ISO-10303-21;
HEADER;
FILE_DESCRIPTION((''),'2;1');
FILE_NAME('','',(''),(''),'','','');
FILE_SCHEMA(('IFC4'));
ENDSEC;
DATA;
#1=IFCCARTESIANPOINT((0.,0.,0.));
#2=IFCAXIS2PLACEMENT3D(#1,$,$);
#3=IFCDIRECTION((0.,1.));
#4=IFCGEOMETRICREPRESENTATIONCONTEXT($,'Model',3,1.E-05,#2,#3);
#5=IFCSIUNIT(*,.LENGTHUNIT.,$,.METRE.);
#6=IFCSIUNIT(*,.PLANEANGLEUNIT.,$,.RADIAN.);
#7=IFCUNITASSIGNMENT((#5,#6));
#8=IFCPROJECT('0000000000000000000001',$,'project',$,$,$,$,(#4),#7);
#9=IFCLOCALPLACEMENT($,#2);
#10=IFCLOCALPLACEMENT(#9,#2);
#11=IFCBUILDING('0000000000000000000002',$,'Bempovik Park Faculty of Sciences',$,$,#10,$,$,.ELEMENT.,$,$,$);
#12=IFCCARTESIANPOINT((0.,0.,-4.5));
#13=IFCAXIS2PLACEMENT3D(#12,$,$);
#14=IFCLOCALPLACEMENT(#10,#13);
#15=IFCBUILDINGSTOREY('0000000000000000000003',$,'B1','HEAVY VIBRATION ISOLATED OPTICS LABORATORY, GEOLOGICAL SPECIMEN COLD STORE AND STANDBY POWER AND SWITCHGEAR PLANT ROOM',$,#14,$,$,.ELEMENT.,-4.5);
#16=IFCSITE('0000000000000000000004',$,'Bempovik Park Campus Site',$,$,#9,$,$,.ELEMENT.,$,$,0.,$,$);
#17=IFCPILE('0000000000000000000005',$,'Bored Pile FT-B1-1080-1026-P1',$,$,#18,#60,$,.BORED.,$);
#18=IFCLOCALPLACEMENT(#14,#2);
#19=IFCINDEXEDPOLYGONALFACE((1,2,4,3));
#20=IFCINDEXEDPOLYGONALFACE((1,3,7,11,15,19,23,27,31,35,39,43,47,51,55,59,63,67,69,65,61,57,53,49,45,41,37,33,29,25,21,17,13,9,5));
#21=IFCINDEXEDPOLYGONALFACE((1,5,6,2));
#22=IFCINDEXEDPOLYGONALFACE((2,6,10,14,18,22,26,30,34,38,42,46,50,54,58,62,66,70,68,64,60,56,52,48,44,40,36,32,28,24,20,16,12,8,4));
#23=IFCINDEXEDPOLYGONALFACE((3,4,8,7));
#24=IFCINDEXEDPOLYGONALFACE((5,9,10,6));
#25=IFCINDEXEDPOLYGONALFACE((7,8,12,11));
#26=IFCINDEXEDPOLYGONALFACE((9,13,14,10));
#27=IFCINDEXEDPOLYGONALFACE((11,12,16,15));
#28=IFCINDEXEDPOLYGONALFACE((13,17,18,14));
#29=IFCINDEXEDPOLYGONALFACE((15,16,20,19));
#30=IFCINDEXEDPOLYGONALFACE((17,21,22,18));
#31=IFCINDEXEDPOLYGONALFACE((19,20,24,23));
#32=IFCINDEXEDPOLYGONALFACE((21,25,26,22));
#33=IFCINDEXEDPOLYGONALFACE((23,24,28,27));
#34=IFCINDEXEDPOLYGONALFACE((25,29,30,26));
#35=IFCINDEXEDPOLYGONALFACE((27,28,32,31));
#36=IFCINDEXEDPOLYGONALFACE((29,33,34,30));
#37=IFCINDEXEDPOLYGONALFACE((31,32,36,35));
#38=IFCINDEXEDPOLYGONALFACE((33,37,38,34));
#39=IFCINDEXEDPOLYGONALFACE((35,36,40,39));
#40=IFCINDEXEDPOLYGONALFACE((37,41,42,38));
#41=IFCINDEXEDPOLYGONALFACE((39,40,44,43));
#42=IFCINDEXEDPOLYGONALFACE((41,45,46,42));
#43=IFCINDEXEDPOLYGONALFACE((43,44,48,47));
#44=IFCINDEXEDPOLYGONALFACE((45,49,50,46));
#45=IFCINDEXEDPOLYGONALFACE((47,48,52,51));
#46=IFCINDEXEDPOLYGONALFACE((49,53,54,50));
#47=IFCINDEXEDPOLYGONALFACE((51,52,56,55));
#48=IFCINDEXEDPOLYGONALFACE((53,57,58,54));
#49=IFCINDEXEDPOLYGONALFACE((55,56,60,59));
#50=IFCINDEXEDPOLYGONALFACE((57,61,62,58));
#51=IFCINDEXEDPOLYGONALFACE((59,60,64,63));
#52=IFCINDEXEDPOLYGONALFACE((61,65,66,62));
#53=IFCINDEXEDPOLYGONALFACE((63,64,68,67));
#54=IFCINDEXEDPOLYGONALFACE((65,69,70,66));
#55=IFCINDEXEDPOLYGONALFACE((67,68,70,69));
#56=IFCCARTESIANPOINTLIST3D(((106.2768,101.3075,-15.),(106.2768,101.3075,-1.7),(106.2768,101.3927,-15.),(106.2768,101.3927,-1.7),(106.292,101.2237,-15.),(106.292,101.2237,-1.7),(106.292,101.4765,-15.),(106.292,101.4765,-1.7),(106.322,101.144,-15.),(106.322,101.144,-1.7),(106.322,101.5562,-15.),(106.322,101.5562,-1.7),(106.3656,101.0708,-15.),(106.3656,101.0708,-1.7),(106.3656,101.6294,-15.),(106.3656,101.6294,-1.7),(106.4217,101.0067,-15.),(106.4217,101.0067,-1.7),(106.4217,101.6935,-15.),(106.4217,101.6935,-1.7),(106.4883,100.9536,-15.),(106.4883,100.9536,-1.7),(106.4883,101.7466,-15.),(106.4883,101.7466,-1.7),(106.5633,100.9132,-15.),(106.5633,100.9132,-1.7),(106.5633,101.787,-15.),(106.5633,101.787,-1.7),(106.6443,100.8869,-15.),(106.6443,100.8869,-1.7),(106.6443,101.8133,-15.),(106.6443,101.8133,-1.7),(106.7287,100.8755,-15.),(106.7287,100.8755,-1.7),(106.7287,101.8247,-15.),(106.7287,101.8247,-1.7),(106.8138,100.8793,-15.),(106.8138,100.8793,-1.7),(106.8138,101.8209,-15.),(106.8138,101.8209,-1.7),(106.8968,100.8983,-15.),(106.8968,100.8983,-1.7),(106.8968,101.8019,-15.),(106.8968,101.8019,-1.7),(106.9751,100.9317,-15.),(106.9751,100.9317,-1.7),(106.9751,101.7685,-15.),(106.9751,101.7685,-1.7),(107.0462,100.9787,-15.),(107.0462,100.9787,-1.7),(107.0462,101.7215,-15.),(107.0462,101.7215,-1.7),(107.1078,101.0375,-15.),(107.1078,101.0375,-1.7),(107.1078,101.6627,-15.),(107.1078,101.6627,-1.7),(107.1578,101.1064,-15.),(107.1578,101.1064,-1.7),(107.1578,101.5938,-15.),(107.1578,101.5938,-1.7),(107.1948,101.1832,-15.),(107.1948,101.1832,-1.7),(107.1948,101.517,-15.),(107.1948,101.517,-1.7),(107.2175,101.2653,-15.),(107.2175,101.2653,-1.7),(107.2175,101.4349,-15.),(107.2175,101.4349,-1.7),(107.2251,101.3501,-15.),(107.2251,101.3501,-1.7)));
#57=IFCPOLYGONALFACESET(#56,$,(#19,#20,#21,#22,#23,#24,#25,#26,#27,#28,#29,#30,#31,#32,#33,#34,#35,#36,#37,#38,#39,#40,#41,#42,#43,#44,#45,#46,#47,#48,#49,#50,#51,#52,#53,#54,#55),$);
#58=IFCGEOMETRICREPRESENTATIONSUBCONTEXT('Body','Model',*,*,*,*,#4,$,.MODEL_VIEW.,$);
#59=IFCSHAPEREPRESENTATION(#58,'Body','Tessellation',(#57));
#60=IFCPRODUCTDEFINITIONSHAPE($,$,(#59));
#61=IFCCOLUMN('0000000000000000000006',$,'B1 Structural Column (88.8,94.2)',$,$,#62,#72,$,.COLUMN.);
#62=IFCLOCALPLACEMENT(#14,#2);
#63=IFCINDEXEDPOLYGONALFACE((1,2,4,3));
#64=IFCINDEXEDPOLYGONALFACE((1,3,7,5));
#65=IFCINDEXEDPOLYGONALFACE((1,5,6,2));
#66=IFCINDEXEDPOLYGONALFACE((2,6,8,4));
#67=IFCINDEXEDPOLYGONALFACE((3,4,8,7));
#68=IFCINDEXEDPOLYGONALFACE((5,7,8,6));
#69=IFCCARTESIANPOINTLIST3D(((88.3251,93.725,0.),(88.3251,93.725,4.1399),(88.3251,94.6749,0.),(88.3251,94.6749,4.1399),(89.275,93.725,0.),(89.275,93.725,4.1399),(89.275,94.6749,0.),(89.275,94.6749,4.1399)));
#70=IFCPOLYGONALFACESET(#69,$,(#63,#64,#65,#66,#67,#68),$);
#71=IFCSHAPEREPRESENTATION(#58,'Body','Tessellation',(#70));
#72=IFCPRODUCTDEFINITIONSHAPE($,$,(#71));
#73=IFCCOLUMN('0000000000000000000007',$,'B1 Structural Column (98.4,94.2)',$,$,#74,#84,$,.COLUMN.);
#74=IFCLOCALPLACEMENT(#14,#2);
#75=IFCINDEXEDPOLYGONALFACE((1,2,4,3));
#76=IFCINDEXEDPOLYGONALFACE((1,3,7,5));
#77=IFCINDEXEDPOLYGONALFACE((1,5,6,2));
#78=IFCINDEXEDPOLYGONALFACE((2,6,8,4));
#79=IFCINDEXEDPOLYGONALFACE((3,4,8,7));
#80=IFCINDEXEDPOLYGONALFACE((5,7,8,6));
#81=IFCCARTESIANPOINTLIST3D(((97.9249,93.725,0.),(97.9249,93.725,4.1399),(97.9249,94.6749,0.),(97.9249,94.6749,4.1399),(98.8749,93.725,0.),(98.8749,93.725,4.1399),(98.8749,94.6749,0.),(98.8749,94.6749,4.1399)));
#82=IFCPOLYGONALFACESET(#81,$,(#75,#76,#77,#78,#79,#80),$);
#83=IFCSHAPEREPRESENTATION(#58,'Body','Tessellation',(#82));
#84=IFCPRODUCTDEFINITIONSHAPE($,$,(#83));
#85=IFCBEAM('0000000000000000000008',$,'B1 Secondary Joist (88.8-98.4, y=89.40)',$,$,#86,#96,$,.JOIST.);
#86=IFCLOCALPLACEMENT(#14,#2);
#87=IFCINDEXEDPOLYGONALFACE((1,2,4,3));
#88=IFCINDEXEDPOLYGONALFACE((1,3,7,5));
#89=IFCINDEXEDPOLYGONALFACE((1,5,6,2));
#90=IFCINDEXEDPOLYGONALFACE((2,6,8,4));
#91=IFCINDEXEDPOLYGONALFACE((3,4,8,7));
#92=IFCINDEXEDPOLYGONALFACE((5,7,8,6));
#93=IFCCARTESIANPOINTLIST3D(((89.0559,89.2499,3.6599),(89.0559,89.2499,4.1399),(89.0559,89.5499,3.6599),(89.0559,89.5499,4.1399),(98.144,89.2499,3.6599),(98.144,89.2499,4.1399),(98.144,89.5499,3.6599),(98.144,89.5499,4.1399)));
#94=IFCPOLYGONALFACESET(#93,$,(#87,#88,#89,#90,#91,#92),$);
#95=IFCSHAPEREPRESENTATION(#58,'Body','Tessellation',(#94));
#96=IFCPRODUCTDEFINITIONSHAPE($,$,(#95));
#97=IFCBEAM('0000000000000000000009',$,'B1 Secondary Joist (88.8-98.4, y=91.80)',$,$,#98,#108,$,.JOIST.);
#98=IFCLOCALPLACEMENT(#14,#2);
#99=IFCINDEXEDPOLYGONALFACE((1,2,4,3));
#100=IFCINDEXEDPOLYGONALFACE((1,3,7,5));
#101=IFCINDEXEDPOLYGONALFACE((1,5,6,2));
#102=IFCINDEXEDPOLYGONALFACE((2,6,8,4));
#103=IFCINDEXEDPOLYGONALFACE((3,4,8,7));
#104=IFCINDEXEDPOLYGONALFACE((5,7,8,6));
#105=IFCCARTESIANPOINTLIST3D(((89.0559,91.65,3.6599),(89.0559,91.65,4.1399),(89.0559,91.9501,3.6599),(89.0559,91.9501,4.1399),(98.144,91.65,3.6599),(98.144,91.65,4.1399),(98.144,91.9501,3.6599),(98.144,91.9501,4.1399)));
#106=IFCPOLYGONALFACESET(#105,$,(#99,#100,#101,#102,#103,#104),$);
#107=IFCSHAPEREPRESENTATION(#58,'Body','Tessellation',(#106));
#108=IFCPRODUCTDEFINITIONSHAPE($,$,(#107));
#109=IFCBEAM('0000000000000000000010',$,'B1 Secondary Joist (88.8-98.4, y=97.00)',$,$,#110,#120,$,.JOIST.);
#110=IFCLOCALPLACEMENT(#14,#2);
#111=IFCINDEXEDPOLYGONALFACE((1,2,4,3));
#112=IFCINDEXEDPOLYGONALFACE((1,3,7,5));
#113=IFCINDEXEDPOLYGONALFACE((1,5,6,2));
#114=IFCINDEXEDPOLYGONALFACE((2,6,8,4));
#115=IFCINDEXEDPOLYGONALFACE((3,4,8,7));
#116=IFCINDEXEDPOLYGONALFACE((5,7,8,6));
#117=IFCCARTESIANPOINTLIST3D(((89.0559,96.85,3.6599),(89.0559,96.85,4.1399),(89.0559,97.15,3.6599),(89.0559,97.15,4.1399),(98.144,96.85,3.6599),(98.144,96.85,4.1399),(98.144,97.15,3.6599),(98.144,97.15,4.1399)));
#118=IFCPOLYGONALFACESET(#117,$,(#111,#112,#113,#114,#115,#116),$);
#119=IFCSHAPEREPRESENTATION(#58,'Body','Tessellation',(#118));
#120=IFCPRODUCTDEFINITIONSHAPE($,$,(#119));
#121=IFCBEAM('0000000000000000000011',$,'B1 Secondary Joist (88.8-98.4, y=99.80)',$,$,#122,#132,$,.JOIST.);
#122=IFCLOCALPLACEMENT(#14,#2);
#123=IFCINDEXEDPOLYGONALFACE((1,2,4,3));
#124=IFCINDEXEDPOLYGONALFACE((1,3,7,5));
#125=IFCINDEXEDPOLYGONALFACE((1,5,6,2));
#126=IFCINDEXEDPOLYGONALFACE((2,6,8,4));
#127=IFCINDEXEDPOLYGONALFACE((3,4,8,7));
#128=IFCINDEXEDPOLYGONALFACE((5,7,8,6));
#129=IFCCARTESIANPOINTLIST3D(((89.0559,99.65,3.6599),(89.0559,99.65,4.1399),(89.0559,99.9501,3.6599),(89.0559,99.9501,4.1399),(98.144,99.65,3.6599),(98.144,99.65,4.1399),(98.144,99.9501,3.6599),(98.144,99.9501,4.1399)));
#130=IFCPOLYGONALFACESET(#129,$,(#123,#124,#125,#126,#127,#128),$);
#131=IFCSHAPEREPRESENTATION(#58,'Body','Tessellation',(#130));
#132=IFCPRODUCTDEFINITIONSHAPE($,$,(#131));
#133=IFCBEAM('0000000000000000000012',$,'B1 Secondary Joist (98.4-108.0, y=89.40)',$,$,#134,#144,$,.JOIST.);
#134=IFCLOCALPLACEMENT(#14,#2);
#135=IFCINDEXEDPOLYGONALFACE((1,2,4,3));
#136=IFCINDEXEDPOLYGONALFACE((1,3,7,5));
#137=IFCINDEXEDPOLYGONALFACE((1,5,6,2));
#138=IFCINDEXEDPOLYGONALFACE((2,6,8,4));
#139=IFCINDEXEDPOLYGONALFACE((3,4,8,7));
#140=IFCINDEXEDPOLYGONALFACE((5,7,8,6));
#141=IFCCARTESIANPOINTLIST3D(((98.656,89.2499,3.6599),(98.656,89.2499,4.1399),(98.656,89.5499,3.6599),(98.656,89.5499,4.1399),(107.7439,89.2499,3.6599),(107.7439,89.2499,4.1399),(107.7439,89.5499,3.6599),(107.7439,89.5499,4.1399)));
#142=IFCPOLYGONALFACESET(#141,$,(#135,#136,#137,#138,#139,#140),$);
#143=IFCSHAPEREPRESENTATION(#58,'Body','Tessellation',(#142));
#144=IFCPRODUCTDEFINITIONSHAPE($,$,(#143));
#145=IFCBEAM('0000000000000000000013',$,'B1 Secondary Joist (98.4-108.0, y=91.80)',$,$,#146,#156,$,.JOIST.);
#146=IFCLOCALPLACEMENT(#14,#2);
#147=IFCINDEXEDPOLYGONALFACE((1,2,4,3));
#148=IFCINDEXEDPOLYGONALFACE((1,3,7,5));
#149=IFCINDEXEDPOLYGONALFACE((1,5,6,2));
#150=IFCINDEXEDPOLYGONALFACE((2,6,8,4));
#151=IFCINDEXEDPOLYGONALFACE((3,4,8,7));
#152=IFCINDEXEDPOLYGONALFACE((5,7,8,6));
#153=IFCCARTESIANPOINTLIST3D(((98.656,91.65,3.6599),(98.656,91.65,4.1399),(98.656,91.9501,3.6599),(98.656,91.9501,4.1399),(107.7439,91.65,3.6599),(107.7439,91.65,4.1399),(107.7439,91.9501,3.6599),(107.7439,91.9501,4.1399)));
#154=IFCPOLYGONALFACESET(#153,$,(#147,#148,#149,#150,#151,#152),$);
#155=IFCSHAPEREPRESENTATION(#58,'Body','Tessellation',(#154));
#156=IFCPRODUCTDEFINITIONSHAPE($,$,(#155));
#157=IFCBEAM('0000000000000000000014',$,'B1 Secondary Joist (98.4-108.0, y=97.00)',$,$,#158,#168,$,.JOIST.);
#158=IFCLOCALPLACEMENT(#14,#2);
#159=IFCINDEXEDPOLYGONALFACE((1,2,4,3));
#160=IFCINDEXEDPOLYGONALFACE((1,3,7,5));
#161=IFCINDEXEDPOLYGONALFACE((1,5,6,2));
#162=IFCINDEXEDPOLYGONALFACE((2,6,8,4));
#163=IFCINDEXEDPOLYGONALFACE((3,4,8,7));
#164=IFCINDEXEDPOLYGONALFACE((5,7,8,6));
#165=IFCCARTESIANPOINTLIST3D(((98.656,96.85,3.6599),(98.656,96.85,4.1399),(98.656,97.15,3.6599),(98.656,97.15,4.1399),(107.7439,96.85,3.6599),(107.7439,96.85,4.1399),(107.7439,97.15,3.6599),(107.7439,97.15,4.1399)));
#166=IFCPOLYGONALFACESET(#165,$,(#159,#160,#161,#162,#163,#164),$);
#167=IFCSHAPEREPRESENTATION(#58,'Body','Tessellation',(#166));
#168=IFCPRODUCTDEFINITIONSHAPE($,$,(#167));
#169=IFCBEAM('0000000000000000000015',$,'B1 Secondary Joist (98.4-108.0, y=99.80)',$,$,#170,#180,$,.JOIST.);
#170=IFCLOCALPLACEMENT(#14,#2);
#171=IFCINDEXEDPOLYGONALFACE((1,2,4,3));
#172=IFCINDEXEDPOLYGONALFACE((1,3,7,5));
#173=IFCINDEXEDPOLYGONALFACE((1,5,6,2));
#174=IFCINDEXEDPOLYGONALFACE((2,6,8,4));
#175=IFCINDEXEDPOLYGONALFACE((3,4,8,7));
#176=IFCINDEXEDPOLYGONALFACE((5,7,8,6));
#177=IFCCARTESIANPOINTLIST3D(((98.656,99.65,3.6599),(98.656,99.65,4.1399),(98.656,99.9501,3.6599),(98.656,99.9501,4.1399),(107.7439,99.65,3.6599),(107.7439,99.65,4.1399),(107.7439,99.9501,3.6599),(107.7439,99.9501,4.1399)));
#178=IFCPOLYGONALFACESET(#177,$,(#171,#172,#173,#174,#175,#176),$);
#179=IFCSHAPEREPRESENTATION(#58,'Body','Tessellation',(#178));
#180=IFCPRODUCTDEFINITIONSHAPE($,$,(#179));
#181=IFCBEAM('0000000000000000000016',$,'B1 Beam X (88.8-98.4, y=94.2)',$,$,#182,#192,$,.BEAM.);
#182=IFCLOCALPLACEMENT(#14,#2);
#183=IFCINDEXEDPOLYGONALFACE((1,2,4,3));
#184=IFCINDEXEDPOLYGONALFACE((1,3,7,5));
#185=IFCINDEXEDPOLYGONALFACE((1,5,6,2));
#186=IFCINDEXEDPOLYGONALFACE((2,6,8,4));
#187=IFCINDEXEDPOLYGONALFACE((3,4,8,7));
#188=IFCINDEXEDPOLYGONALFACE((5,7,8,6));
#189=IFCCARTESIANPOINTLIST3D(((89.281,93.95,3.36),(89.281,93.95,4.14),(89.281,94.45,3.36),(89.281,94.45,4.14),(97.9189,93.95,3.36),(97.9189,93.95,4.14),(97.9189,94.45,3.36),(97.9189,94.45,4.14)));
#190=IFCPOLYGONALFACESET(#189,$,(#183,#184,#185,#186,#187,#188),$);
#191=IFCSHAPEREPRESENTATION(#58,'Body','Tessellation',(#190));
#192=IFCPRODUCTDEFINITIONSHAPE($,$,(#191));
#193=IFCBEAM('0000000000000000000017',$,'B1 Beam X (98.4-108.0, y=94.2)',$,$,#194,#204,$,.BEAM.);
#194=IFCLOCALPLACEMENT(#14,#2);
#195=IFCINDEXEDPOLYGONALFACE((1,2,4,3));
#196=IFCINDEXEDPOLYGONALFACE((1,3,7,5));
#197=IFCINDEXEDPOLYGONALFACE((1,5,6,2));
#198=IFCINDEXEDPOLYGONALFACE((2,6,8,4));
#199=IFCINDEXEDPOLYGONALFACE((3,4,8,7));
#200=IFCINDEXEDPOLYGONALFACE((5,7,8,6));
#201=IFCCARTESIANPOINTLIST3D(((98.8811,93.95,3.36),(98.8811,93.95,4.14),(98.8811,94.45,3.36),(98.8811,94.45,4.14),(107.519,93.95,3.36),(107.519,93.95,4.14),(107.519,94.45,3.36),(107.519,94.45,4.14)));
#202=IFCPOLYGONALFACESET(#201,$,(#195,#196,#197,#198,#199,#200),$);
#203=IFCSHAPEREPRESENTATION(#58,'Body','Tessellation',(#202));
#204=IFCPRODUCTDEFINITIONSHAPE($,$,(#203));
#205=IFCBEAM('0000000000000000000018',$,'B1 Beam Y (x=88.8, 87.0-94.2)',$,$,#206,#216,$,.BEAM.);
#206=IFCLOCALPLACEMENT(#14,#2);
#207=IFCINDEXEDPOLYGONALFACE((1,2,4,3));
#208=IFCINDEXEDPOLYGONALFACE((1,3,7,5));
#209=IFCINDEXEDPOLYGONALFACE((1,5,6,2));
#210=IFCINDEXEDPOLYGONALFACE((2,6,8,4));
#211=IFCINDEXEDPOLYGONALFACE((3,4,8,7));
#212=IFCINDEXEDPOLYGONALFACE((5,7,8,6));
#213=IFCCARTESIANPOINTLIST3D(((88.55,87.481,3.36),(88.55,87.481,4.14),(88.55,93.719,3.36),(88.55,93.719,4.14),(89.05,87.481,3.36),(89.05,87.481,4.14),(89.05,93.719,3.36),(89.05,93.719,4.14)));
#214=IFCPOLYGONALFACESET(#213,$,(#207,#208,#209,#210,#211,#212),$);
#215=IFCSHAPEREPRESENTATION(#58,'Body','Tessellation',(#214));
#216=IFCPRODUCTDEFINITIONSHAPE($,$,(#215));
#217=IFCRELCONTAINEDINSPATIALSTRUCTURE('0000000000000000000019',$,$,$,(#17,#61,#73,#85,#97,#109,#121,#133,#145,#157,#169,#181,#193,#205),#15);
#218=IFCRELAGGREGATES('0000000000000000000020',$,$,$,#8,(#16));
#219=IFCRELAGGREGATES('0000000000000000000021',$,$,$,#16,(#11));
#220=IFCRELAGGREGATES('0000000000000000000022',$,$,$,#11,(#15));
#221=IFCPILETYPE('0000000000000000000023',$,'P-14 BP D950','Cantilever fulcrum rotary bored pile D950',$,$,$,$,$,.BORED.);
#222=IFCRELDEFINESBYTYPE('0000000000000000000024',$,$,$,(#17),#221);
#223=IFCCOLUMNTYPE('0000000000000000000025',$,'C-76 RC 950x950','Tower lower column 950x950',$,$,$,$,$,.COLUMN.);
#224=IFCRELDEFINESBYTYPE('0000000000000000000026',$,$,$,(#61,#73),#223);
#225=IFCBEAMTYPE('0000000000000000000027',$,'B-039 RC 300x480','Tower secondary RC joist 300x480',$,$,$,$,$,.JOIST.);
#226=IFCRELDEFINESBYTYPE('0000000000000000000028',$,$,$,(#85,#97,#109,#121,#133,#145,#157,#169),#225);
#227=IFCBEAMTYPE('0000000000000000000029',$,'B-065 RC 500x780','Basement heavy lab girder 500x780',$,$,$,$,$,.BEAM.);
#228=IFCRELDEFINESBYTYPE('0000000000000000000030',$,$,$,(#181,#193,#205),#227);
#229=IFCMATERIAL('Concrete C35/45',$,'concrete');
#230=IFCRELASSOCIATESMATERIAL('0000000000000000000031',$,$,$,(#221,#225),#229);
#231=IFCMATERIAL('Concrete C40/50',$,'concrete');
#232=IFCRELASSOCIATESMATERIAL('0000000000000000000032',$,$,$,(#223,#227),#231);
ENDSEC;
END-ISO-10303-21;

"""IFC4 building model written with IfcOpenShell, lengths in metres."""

from ifc_helpers import new_model, si_unit, direction, frame, origin, origin_2d, place, context, subcontext, project, spatial, rectangle, circle, extrude, material, material_profile, profile_set, type_object, element, save


model = new_model("IFC4")

# Units and contexts
model_context = context("Model", 3, precision=1e-05, world=origin(), true_north=direction((0.0, 1.0)))
body_context = subcontext(model_context, "Body", "Model", "MODEL_VIEW")
ifc_project = project(units=[si_unit("LENGTHUNIT", "METRE"), si_unit("PLANEANGLEUNIT", "RADIAN")], contexts=[model_context])

# Site, building, storey
site_placement = place(None, origin())
site = spatial("IfcSite", under=ifc_project, at=site_placement, Name="Bempovik Park Campus Site", CompositionType="ELEMENT", RefElevation=0.0)
building_placement = place(site_placement, origin())
building = spatial("IfcBuilding", under=site, at=building_placement, Name="Bempovik Park Faculty of Sciences", CompositionType="ELEMENT")
storey_placement = place(building_placement, frame((0.0, 0.0, -4.5)))
storey = spatial("IfcBuildingStorey", under=building, at=storey_placement, Name="B1", Description="HEAVY VIBRATION ISOLATED OPTICS LABORATORY, GEOLOGICAL SPECIMEN COLD STORE AND STANDBY POWER AND SWITCHGEAR PLANT ROOM", CompositionType="ELEMENT", Elevation=-4.5)

# Shared definitions
ifc_material_1 = material(Name="Concrete C35/45", Category="concrete")

# Pile
ifc_material_profile_1 = material_profile(ifc_material_1, circle(Radius=0.4751, at=origin_2d()), Name="BP D950")
ifc_profile_set_1 = profile_set([ifc_material_profile_1], Name="Concrete C35/45")
pile_type = type_object("IfcPileType", Name="P-14 BP D950", Description="Cantilever fulcrum rotary bored pile D950", PredefinedType="BORED", material=ifc_profile_set_1)
for number, where, z_axis, x_axis, name in (
    (1, (106.75, 101.3501, -1.7), (0.0, 0.0, -1.0), (1.0, 0.0, 0.0), "Bored Pile FT-B1-1080-1026-P1"),
):
    element("IfcPile", number, at=place(storey_placement, frame(where, z_axis=z_axis, x_axis=x_axis)), inside=storey, type_object=pile_type, Name=name, PredefinedType="BORED", context=body_context, shape_type="SweptSolid", body=[
        extrude(circle(Radius=0.4751, at=origin_2d()), origin(), (0.0, 0.0, 1.0), 13.3),
    ])

# Columns
ifc_material_2 = material(Name="Concrete C40/50", Category="concrete")
ifc_material_profile_2 = material_profile(ifc_material_2, rectangle(XDim=0.95, YDim=0.95, at=origin_2d()), Name="RC 950x950")
ifc_profile_set_2 = profile_set([ifc_material_profile_2], Name="Concrete C40/50")
column_type = type_object("IfcColumnType", Name="C-76 RC 950x950", Description="Tower lower column 950x950", PredefinedType="COLUMN", material=ifc_profile_set_2)
for number, where, z_axis, x_axis, name in (
    (2, (88.8, 94.2, 0.0), (0.0, 0.0, 1.0), (1.0, 0.0, 0.0), "B1 Structural Column (88.8,94.2)"),
    (3, (98.3999, 94.2, 0.0), (0.0, 0.0, 1.0), (1.0, 0.0, 0.0), "B1 Structural Column (98.4,94.2)"),
):
    element("IfcColumn", number, at=place(storey_placement, frame(where, z_axis=z_axis, x_axis=x_axis)), inside=storey, type_object=column_type, Name=name, PredefinedType="COLUMN", context=body_context, shape_type="SweptSolid", body=[
        extrude(rectangle(XDim=0.95, YDim=0.95, at=origin_2d()), origin(), (0.0, 0.0, 1.0), 4.1399),
    ])

# Beams
ifc_material_profile_3 = material_profile(ifc_material_1, rectangle(XDim=0.3, YDim=0.48, at=origin_2d()), Name="RC 300x480")
ifc_profile_set_3 = profile_set([ifc_material_profile_3], Name="Concrete C35/45")
beam_type_1 = type_object("IfcBeamType", Name="B-039 RC 300x480", Description="Tower secondary RC joist 300x480", PredefinedType="JOIST", material=ifc_profile_set_3)
for number, where, z_axis, x_axis, name in (
    (4, (89.0559, 89.3999, 3.8999), (1.0, 0.0, 0.0), (0.0, 1.0, 0.0), "B1 Secondary Joist (88.8-98.4, y=89.40)"),
    (5, (89.0559, 91.8, 3.8999), (1.0, 0.0, 0.0), (0.0, 1.0, 0.0), "B1 Secondary Joist (88.8-98.4, y=91.80)"),
    (6, (89.0559, 97.0, 3.8999), (1.0, 0.0, 0.0), (0.0, 1.0, 0.0), "B1 Secondary Joist (88.8-98.4, y=97.00)"),
    (7, (89.0559, 99.8, 3.8999), (1.0, 0.0, 0.0), (0.0, 1.0, 0.0), "B1 Secondary Joist (88.8-98.4, y=99.80)"),
):
    element("IfcBeam", number, at=place(storey_placement, frame(where, z_axis=z_axis, x_axis=x_axis)), inside=storey, type_object=beam_type_1, Name=name, PredefinedType="JOIST", context=body_context, shape_type="SweptSolid", body=[
        extrude(rectangle(XDim=0.3, YDim=0.48, at=origin_2d()), origin(), (0.0, 0.0, 1.0), 9.0881),
    ])
for number, where, z_axis, x_axis, name in (
    (8, (98.656, 89.3999, 3.8999), (1.0, 0.0, 0.0), (0.0, 1.0, 0.0), "B1 Secondary Joist (98.4-108.0, y=89.40)"),
    (9, (98.656, 91.8, 3.8999), (1.0, 0.0, 0.0), (0.0, 1.0, 0.0), "B1 Secondary Joist (98.4-108.0, y=91.80)"),
    (10, (98.656, 97.0, 3.8999), (1.0, 0.0, 0.0), (0.0, 1.0, 0.0), "B1 Secondary Joist (98.4-108.0, y=97.00)"),
    (11, (98.656, 99.8, 3.8999), (1.0, 0.0, 0.0), (0.0, 1.0, 0.0), "B1 Secondary Joist (98.4-108.0, y=99.80)"),
):
    element("IfcBeam", number, at=place(storey_placement, frame(where, z_axis=z_axis, x_axis=x_axis)), inside=storey, type_object=beam_type_1, Name=name, PredefinedType="JOIST", context=body_context, shape_type="SweptSolid", body=[
        extrude(rectangle(XDim=0.3, YDim=0.48, at=origin_2d()), origin(), (0.0, 0.0, 1.0), 9.0879),
    ])
ifc_material_profile_4 = material_profile(ifc_material_2, rectangle(XDim=0.5, YDim=0.78, at=origin_2d()), Name="RC 500x780")
ifc_profile_set_4 = profile_set([ifc_material_profile_4], Name="Concrete C40/50")
beam_type_2 = type_object("IfcBeamType", Name="B-065 RC 500x780", Description="Basement heavy lab girder 500x780", PredefinedType="BEAM", material=ifc_profile_set_4)
for number, where, z_axis, x_axis, name in (
    (12, (89.281, 94.2, 3.75), (1.0, 0.0, 0.0), (0.0, 1.0, 0.0), "B1 Beam X (88.8-98.4, y=94.2)"),
    (13, (98.8811, 94.2, 3.75), (1.0, 0.0, 0.0), (0.0, 1.0, 0.0), "B1 Beam X (98.4-108.0, y=94.2)"),
):
    element("IfcBeam", number, at=place(storey_placement, frame(where, z_axis=z_axis, x_axis=x_axis)), inside=storey, type_object=beam_type_2, Name=name, PredefinedType="BEAM", context=body_context, shape_type="SweptSolid", body=[
        extrude(rectangle(XDim=0.5, YDim=0.78, at=origin_2d()), origin(), (0.0, 0.0, 1.0), 8.6379),
    ])
beam_1_placement = place(storey_placement, frame((88.8, 87.481, 3.75), z_axis=(0.0, 1.0, 0.0), x_axis=(-1.0, 0.0, 0.0)))
element("IfcBeam", 14, at=beam_1_placement, inside=storey, type_object=beam_type_2, Name="B1 Beam Y (x=88.8, 87.0-94.2)", PredefinedType="BEAM", context=body_context, shape_type="SweptSolid", body=[
    extrude(rectangle(XDim=0.5, YDim=0.78, at=origin_2d()), origin(), (0.0, 0.0, 1.0), 6.238),
])

save(model, "model.ifc")
